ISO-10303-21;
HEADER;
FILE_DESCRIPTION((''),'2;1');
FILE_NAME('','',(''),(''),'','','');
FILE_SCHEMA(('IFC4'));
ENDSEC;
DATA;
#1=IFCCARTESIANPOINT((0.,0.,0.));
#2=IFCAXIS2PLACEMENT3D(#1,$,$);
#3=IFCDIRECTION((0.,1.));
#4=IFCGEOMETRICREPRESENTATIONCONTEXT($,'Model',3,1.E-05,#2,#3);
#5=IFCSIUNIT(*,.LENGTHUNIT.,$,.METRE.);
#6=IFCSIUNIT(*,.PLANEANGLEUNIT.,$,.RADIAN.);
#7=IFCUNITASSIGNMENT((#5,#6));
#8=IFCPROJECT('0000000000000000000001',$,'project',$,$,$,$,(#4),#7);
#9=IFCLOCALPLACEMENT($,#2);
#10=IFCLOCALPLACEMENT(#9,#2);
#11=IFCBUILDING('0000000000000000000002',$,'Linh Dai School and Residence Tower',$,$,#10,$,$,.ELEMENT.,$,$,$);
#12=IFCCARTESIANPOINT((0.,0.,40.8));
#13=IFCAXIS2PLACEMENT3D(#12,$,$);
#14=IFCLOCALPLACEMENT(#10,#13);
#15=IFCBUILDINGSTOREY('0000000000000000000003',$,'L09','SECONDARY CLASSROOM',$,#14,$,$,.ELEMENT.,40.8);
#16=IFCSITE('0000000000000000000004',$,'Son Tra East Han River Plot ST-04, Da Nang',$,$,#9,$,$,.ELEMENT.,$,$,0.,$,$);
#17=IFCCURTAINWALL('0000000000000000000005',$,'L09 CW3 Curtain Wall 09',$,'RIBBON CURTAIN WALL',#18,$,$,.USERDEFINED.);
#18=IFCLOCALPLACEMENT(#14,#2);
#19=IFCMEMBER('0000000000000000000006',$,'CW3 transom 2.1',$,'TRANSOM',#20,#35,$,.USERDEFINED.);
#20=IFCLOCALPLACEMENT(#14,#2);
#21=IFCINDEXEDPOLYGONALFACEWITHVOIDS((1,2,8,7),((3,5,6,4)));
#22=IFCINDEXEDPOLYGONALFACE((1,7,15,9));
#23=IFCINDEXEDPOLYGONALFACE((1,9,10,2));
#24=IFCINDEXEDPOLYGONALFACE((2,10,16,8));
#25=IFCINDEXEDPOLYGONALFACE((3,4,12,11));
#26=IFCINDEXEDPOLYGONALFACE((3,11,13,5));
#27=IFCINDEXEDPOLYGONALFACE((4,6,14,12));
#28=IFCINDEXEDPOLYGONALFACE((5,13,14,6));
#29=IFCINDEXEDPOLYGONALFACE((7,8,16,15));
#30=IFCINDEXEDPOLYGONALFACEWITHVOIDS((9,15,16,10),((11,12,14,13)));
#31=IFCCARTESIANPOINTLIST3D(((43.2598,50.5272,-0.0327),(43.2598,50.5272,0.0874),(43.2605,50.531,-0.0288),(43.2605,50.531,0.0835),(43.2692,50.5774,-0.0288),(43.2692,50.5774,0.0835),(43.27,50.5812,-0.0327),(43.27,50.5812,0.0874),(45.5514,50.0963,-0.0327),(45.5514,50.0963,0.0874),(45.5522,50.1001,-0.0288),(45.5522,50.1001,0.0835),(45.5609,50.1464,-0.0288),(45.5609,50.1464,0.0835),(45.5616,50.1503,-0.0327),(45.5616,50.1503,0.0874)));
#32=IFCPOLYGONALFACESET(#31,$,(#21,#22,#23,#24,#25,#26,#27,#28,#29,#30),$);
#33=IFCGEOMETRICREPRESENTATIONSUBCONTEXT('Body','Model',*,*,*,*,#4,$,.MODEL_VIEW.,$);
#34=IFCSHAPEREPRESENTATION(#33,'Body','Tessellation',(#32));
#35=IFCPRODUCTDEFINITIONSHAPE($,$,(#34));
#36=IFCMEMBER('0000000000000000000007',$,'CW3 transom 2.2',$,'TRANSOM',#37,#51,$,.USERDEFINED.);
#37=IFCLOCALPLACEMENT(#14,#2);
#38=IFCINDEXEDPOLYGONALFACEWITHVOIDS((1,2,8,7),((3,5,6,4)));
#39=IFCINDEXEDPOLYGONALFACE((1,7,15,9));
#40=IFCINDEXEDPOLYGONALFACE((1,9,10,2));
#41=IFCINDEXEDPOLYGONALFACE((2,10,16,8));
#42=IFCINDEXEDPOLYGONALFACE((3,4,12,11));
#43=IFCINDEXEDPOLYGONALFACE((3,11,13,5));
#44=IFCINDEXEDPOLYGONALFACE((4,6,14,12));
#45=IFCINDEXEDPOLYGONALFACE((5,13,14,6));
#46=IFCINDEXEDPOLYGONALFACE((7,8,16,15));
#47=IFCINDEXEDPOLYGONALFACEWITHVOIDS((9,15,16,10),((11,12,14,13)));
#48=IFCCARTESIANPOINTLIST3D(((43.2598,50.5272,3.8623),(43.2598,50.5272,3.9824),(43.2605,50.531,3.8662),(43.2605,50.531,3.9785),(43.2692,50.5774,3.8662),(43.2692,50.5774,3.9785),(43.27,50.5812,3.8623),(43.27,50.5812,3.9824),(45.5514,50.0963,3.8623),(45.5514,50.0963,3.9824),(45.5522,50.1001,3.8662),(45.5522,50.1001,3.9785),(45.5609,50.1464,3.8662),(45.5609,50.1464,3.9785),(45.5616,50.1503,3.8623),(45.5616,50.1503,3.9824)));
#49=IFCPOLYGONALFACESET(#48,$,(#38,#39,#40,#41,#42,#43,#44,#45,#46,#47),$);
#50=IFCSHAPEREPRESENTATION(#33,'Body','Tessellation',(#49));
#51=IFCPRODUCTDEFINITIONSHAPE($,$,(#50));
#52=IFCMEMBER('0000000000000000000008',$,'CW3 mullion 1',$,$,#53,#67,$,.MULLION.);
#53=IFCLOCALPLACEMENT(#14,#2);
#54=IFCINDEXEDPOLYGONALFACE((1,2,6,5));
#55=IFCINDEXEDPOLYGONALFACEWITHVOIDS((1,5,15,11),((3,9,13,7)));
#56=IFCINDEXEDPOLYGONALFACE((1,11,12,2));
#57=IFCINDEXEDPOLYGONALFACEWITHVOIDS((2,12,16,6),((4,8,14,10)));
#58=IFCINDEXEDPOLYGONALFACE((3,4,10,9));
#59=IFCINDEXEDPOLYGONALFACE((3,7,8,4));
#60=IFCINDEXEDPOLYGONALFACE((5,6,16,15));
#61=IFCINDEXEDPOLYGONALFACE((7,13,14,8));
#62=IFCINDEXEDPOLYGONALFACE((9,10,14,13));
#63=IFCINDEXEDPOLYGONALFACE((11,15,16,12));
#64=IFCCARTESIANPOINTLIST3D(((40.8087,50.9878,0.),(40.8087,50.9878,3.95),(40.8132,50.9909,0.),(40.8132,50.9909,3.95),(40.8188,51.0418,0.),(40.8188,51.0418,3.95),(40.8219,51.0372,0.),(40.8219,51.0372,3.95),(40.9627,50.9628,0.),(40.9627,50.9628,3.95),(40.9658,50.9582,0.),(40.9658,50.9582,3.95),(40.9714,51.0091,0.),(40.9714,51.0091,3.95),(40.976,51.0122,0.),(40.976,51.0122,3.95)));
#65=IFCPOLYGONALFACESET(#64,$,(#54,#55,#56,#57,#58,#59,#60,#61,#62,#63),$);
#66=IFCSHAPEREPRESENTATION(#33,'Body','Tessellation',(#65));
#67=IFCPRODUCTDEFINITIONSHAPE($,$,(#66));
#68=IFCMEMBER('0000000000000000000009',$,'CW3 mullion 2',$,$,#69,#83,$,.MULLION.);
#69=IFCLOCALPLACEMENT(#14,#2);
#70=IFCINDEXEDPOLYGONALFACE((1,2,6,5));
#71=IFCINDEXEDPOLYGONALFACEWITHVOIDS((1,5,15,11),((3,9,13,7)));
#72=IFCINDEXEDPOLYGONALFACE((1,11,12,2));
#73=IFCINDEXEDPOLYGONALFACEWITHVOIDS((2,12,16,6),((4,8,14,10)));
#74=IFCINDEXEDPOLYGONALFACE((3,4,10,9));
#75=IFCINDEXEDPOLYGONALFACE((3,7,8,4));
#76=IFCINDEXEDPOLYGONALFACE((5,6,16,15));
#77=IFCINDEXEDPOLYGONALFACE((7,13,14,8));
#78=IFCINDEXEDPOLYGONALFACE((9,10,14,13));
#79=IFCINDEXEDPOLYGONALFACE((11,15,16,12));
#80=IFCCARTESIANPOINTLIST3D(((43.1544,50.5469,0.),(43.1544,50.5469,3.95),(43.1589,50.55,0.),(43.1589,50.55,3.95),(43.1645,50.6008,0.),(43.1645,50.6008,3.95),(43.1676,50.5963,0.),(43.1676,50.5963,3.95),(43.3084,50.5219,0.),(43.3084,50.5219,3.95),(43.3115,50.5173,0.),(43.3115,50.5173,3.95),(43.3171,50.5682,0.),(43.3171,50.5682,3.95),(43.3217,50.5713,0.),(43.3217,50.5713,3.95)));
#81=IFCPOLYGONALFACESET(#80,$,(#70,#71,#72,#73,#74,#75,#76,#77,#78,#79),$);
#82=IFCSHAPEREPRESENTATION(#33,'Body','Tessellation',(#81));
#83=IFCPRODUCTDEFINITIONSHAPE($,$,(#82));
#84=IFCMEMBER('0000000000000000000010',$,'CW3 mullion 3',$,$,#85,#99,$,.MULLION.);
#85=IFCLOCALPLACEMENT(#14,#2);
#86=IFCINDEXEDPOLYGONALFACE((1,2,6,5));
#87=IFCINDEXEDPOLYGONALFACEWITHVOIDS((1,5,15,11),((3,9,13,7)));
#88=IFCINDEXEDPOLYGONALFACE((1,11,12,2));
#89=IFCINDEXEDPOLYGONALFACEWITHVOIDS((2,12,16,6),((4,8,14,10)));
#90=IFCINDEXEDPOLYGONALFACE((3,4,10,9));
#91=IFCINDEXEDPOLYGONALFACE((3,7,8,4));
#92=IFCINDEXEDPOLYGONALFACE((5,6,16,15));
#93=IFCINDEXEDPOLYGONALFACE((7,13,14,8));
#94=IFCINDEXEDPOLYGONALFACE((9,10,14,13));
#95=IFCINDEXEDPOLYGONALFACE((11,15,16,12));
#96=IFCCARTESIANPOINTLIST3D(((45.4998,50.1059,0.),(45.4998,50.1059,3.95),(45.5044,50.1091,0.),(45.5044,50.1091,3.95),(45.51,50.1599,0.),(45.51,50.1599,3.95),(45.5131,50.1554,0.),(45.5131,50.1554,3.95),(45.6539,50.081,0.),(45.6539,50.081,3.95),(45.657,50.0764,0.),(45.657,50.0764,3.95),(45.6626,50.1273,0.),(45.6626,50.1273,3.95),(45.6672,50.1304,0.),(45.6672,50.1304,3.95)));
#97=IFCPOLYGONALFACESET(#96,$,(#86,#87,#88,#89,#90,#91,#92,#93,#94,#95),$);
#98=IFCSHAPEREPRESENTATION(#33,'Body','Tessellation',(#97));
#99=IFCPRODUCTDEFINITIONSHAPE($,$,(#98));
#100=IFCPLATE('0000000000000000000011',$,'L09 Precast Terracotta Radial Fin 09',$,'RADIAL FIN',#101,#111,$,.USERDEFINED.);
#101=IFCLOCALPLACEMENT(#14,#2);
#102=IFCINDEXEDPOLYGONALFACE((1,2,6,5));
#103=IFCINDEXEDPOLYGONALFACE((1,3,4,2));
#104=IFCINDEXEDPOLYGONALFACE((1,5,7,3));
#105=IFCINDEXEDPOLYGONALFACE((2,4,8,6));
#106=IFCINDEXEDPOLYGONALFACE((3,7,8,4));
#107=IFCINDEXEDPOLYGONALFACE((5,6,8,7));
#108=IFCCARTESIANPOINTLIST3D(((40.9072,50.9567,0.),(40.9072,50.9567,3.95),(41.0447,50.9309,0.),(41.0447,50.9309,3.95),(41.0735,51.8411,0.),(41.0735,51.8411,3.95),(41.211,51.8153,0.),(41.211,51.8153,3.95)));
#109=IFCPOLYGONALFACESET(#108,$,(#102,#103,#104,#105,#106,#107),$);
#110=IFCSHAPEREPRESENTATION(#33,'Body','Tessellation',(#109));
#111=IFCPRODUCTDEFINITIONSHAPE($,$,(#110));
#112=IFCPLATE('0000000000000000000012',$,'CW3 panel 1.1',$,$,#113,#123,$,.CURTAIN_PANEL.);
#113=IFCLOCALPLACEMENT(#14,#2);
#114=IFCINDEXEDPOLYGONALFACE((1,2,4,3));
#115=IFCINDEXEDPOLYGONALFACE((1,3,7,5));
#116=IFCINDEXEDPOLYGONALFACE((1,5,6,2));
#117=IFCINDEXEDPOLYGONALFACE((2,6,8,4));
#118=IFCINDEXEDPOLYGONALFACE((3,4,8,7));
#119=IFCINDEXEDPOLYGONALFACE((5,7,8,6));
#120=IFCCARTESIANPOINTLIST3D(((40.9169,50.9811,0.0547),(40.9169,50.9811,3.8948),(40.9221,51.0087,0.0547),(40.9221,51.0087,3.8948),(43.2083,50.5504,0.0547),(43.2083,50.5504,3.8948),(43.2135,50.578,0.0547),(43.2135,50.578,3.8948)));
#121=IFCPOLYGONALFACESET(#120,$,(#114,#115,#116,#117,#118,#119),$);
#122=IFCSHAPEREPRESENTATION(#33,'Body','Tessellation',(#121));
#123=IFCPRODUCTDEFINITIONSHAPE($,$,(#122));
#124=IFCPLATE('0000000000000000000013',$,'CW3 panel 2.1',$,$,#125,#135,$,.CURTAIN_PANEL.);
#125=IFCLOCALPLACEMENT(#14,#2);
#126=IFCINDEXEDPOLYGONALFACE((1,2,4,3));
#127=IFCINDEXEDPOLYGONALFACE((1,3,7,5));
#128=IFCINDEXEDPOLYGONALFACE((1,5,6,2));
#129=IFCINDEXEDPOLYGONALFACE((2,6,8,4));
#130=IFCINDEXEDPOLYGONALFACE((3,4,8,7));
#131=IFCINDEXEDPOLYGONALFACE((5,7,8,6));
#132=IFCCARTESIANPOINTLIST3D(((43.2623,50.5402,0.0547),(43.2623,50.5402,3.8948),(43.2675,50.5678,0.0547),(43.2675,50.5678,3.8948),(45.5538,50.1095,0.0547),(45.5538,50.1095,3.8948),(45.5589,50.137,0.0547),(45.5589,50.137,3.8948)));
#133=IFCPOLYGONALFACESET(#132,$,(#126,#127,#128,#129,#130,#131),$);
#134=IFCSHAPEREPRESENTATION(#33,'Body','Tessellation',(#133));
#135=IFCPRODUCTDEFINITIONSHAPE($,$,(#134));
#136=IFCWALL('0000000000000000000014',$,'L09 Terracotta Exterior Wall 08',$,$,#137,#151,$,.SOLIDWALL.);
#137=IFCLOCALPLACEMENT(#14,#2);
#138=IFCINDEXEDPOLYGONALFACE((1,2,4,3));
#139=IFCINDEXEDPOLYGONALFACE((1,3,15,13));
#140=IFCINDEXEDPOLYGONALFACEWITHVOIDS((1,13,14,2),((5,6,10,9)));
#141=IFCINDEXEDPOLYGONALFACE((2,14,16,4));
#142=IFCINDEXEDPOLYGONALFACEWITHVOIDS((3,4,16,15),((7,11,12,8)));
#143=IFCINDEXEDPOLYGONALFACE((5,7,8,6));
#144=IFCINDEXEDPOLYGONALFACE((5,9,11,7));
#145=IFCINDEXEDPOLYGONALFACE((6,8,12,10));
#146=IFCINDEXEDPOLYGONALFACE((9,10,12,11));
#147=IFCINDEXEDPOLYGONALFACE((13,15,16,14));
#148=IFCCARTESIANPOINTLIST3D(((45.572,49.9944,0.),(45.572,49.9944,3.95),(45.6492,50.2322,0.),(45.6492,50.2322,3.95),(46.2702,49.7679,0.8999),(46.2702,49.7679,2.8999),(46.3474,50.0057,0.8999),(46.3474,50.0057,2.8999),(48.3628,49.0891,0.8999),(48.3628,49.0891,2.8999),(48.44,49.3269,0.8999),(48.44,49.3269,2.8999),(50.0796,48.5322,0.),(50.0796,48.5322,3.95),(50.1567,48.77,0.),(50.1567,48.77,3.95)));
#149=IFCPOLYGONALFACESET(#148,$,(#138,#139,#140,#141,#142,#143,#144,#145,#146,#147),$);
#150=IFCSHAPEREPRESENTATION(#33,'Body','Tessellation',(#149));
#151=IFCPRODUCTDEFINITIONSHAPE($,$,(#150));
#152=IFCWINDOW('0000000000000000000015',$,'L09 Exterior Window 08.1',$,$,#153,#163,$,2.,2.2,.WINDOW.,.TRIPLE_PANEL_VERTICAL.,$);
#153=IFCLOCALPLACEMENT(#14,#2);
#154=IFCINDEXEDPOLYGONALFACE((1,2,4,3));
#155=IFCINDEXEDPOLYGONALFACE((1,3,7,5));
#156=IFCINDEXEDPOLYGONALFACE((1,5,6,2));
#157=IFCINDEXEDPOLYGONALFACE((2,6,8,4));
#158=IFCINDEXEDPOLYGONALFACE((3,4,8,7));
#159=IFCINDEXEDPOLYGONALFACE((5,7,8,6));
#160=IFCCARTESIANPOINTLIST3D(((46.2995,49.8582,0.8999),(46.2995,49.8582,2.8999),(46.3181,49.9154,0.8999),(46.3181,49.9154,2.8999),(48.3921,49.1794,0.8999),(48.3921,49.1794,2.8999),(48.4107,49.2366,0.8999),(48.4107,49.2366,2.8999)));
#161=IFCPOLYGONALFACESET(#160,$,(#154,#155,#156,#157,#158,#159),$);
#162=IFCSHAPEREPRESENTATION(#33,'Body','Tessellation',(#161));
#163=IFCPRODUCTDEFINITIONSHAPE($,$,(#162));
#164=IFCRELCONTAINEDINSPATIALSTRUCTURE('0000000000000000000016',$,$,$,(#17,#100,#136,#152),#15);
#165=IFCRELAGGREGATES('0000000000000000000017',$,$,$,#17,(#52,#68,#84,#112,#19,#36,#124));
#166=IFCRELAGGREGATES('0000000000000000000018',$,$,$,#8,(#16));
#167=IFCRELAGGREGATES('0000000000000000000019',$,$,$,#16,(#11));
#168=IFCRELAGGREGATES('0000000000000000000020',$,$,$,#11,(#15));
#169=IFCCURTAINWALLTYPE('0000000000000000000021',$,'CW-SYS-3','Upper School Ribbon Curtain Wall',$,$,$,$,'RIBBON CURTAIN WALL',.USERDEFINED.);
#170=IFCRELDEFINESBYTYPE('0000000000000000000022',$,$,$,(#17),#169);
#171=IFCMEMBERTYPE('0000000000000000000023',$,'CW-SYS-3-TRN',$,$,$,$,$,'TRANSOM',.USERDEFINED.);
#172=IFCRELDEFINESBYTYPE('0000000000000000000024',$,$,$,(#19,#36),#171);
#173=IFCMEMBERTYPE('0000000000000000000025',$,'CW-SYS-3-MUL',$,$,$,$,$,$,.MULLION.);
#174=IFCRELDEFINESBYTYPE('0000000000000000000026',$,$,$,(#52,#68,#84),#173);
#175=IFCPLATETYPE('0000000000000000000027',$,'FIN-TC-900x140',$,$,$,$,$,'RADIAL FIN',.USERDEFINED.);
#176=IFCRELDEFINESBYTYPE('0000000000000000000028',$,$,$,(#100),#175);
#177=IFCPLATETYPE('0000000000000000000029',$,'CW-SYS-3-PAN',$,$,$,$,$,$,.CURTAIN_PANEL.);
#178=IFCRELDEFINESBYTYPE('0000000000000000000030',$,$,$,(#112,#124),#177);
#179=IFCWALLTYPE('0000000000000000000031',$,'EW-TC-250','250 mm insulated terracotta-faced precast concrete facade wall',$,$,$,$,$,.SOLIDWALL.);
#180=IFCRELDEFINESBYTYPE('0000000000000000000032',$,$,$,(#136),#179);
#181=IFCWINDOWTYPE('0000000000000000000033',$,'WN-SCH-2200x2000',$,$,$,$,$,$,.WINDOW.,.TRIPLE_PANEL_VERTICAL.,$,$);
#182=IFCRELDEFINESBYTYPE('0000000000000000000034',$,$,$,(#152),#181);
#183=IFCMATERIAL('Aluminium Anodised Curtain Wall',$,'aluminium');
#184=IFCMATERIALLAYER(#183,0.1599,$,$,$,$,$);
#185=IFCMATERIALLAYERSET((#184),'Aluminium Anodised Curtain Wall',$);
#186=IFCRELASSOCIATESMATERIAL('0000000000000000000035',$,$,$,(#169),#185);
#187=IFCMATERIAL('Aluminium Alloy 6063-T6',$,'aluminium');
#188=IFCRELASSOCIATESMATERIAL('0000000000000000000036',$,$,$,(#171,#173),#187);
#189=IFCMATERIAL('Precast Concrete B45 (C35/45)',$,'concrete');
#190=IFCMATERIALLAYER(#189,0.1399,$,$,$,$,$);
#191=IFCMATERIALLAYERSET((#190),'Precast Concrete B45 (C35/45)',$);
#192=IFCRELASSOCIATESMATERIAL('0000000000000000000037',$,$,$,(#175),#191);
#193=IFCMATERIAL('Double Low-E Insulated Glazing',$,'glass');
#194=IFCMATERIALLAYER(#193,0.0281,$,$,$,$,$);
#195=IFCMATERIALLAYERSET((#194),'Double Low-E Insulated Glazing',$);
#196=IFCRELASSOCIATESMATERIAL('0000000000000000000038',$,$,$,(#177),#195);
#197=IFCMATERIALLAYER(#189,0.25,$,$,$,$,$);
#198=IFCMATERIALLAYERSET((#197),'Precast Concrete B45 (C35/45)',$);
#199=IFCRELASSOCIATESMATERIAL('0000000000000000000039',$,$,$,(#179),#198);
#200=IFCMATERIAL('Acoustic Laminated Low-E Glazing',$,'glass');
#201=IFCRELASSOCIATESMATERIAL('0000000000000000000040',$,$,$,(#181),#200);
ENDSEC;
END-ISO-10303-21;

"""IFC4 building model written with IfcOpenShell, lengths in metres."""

from ifc_helpers import new_model, si_unit, direction, frame, frame_2d, origin, origin_2d, place, context, subcontext, project, spatial, rectangle, hollow_rectangle, extrude, source, transform, mapped, material, layer, layer_set, material_profile, profile_set, type_object, element, fill, aggregate, save


model = new_model("IFC4")

# Units and contexts
model_context = context("Model", 3, precision=1e-05, world=origin(), true_north=direction((0.0, 1.0)))
body_context = subcontext(model_context, "Body", "Model", "MODEL_VIEW")
ifc_project = project(units=[si_unit("LENGTHUNIT", "METRE"), si_unit("PLANEANGLEUNIT", "RADIAN")], contexts=[model_context])

# Site, building, storey
site_placement = place(None, origin())
site = spatial("IfcSite", under=ifc_project, at=site_placement, Name="Son Tra East Han River Plot ST-04, Da Nang", CompositionType="ELEMENT", RefElevation=0.0)
building_placement = place(site_placement, origin())
building = spatial("IfcBuilding", under=site, at=building_placement, Name="Linh Dai School and Residence Tower", CompositionType="ELEMENT")
storey_placement = place(building_placement, frame((0.0, 0.0, 40.8)))
storey = spatial("IfcBuildingStorey", under=building, at=storey_placement, Name="L09", Description="SECONDARY CLASSROOM", CompositionType="ELEMENT", Elevation=40.8)

# Curtain wall, members
ifc_material_1 = material(Name="Aluminium Anodised Curtain Wall", Category="aluminium")
ifc_layer_1 = layer(ifc_material_1, 0.1599)
ifc_layer_set_1 = layer_set([ifc_layer_1], Name="Aluminium Anodised Curtain Wall")
curtain_wall_type = type_object("IfcCurtainWallType", Name="CW-SYS-3", Description="Upper School Ribbon Curtain Wall", ElementType="RIBBON CURTAIN WALL", PredefinedType="USERDEFINED", material=ifc_layer_set_1)
curtain_wall_placement = place(storey_placement, origin())
curtain_wall = element("IfcCurtainWall", 1, at=curtain_wall_placement, inside=storey, type_object=curtain_wall_type, Name="L09 CW3 Curtain Wall 09", ObjectType="RIBBON CURTAIN WALL", PredefinedType="USERDEFINED")
ifc_material_2 = material(Name="Aluminium Alloy 6063-T6", Category="aluminium")
ifc_material_profile_1 = material_profile(ifc_material_2, hollow_rectangle(XDim=0.0549, YDim=0.1201, WallThickness=0.0039, at=origin_2d()), Name="RHS 120x55x4")
ifc_profile_set_1 = profile_set([ifc_material_profile_1], Name="Aluminium Alloy 6063-T6")
member_type_1 = type_object("IfcMemberType", Name="CW-SYS-3-TRN", ElementType="TRANSOM", PredefinedType="USERDEFINED", material=ifc_profile_set_1)
shared_shape_1 = source(origin(), body_context, "Body", "SweptSolid", [
    extrude(hollow_rectangle(XDim=0.0549, YDim=0.1201, WallThickness=0.0039, at=origin_2d()), origin(), (0.0, 0.0, 1.0), 2.3318),
])
member_1_placement = place(storey_placement, frame((43.2649, 50.5542, 0.0273), z_axis=(0.982775, -0.184807, 0.0), x_axis=(0.184807, 0.982775, 0.0)))
member_1 = element("IfcMember", 2, at=member_1_placement, type_object=member_type_1, Name="CW3 transom 2.1", ObjectType="TRANSOM", PredefinedType="USERDEFINED", context=body_context, shape_type="MappedRepresentation", body=[
    mapped(shared_shape_1, transform((0.0, 0.0, 0.0), x_axis=(1.0, 0.0, 0.0), y_axis=(0.0, 1.0, 0.0), z_axis=(0.0, 0.0, 1.0), scale=1.0)),
])
member_2_placement = place(storey_placement, frame((43.2649, 50.5542, 3.9224), z_axis=(0.982775, -0.184807, 0.0), x_axis=(0.184807, 0.982775, 0.0)))
member_2 = element("IfcMember", 3, at=member_2_placement, type_object=member_type_1, Name="CW3 transom 2.2", ObjectType="TRANSOM", PredefinedType="USERDEFINED", context=body_context, shape_type="MappedRepresentation", body=[
    mapped(shared_shape_1, transform((0.0, 0.0, 0.0), x_axis=(1.0, 0.0, 0.0), y_axis=(0.0, 1.0, 0.0), z_axis=(0.0, 0.0, 1.0), scale=1.0)),
])
ifc_material_profile_2 = material_profile(ifc_material_2, hollow_rectangle(XDim=0.0549, YDim=0.1599, WallThickness=0.0039, at=origin_2d()), Name="RHS 160x55x4")
ifc_profile_set_2 = profile_set([ifc_material_profile_2], Name="Aluminium Alloy 6063-T6")
member_type_2 = type_object("IfcMemberType", Name="CW-SYS-3-MUL", PredefinedType="MULLION", material=ifc_profile_set_2)
shared_shape_2 = source(origin(), body_context, "Body", "SweptSolid", [
    extrude(hollow_rectangle(XDim=0.0549, YDim=0.1599, WallThickness=0.0039, at=origin_2d()), origin(), (0.0, 0.0, 1.0), 3.95),
])
member_3_placement = place(storey_placement, frame((40.8923, 51.0, 0.0), z_axis=(0.0, 0.0, 1.0), x_axis=(0.184748, 0.982786, 0.0)))
member_3 = element("IfcMember", 4, at=member_3_placement, type_object=member_type_2, Name="CW3 mullion 1", PredefinedType="MULLION", context=body_context, shape_type="MappedRepresentation", body=[
    mapped(shared_shape_2, transform((0.0, 0.0, 0.0), x_axis=(1.0, 0.0, 0.0), y_axis=(0.0, 1.0, 0.0), z_axis=(0.0, 0.0, 1.0), scale=1.0)),
])
member_4_placement = place(storey_placement, frame((43.238, 50.5591, 0.0), z_axis=(0.0, 0.0, 1.0), x_axis=(0.184748, 0.982786, 0.0)))
member_4 = element("IfcMember", 5, at=member_4_placement, type_object=member_type_2, Name="CW3 mullion 2", PredefinedType="MULLION", context=body_context, shape_type="MappedRepresentation", body=[
    mapped(shared_shape_2, transform((0.0, 0.0, 0.0), x_axis=(1.0, 0.0, 0.0), y_axis=(0.0, 1.0, 0.0), z_axis=(0.0, 0.0, 1.0), scale=1.0)),
])
member_5_placement = place(storey_placement, frame((45.5835, 50.1182, 0.0), z_axis=(0.0, 0.0, 1.0), x_axis=(0.184748, 0.982786, 0.0)))
member_5 = element("IfcMember", 6, at=member_5_placement, type_object=member_type_2, Name="CW3 mullion 3", PredefinedType="MULLION", context=body_context, shape_type="MappedRepresentation", body=[
    mapped(shared_shape_2, transform((0.0, 0.0, 0.0), x_axis=(1.0, 0.0, 0.0), y_axis=(0.0, 1.0, 0.0), z_axis=(0.0, 0.0, 1.0), scale=1.0)),
])

# Plates
ifc_material_3 = material(Name="Precast Concrete B45 (C35/45)", Category="concrete")
ifc_layer_2 = layer(ifc_material_3, 0.1399)
ifc_layer_set_2 = layer_set([ifc_layer_2], Name="Precast Concrete B45 (C35/45)")
plate_type_1 = type_object("IfcPlateType", Name="FIN-TC-900x140", ElementType="RADIAL FIN", PredefinedType="USERDEFINED", material=ifc_layer_set_2)
shared_shape_3 = source(origin(), body_context, "Body", "SweptSolid", [
    extrude(rectangle(XDim=0.8999, YDim=0.1399, at=origin_2d()), origin(), (0.0, 0.0, 1.0), 3.95),
])
plate_1_placement = place(storey_placement, frame((41.0591, 51.386, 0.0), z_axis=(0.0, 0.0, 1.0), x_axis=(0.184748, 0.982786, 0.0)))
element("IfcPlate", 7, at=plate_1_placement, inside=storey, type_object=plate_type_1, Name="L09 Precast Terracotta Radial Fin 09", ObjectType="RADIAL FIN", PredefinedType="USERDEFINED", context=body_context, shape_type="MappedRepresentation", body=[
    mapped(shared_shape_3, transform((0.0, 0.0, 0.0), x_axis=(1.0, 0.0, 0.0), y_axis=(0.0, 1.0, 0.0), z_axis=(0.0, 0.0, 1.0), scale=1.0)),
])
ifc_material_4 = material(Name="Double Low-E Insulated Glazing", Category="glass")
ifc_layer_3 = layer(ifc_material_4, 0.0281)
ifc_layer_set_3 = layer_set([ifc_layer_3], Name="Double Low-E Insulated Glazing")
plate_type_2 = type_object("IfcPlateType", Name="CW-SYS-3-PAN", PredefinedType="CURTAIN_PANEL", material=ifc_layer_set_3)
shared_shape_4 = source(origin(), body_context, "Body", "SweptSolid", [
    extrude(rectangle(XDim=2.3315, YDim=0.0281, at=origin_2d()), origin(), (0.0, 0.0, 1.0), 3.8401),
])
plate_2_placement = place(storey_placement, frame((42.0652, 50.7795, 0.0547), z_axis=(0.0, 0.0, 1.0), x_axis=(0.982786, -0.184748, 0.0)))
plate_2 = element("IfcPlate", 8, at=plate_2_placement, type_object=plate_type_2, Name="CW3 panel 1.1", PredefinedType="CURTAIN_PANEL", context=body_context, shape_type="MappedRepresentation", body=[
    mapped(shared_shape_4, transform((0.0, 0.0, 0.0), x_axis=(1.0, 0.0, 0.0), y_axis=(0.0, 1.0, 0.0), z_axis=(0.0, 0.0, 1.0), scale=1.0)),
])
plate_3_placement = place(storey_placement, frame((44.4106, 50.3386, 0.0547), z_axis=(0.0, 0.0, 1.0), x_axis=(0.982786, -0.184748, 0.0)))
plate_3 = element("IfcPlate", 9, at=plate_3_placement, type_object=plate_type_2, Name="CW3 panel 2.1", PredefinedType="CURTAIN_PANEL", context=body_context, shape_type="MappedRepresentation", body=[
    mapped(shared_shape_4, transform((0.0, 0.0, 0.0), x_axis=(1.0, 0.0, 0.0), y_axis=(0.0, 1.0, 0.0), z_axis=(0.0, 0.0, 1.0), scale=1.0)),
])
aggregate(curtain_wall, [member_3, member_4, member_5, plate_2, member_1, member_2, plate_3])

# Wall, opening, window
ifc_layer_4 = layer(ifc_material_3, 0.25)
ifc_layer_set_4 = layer_set([ifc_layer_4], Name="Precast Concrete B45 (C35/45)")
wall_type_1 = type_object("IfcWallType", Name="EW-TC-250", Description="250 mm insulated terracotta-faced precast concrete facade wall", PredefinedType="SOLIDWALL", material=ifc_layer_set_4)
wall_1_placement = place(storey_placement, frame((45.6106, 50.1133, 0.0), z_axis=(0.0, 0.0, 1.0), x_axis=(0.951208, -0.308551, 0.0)))
wall_1 = element("IfcWall", 10, at=wall_1_placement, inside=storey, type_object=wall_type_1, Name="L09 Terracotta Exterior Wall 08", PredefinedType="SOLIDWALL", context=body_context, shape_type="SweptSolid", body=[
    extrude(rectangle(XDim=4.7388, YDim=0.25, at=frame_2d((2.3694, 0.0))), origin(), (0.0, 0.0, 1.0), 3.95),
])
opening_placement = place(wall_1_placement, frame((0.7339, 0.0, 0.8999)))
opening = element("IfcOpeningElement", 11, at=opening_placement, cuts=wall_1, PredefinedType="OPENING", context=body_context, shape_type="SweptSolid", body=[
    extrude(rectangle(XDim=2.2, YDim=2.0, at=origin_2d()), frame((1.1001, 0.135, 1.0), z_axis=(0.0, -1.0, 0.0), x_axis=(1.0, 0.0, 0.0)), (0.0, 0.0, 1.0), 0.27),
])
ifc_material_5 = material(Name="Acoustic Laminated Low-E Glazing", Category="glass")
window_type = type_object("IfcWindowType", Name="WN-SCH-2200x2000", PartitioningType="TRIPLE_PANEL_VERTICAL", PredefinedType="WINDOW", material=ifc_material_5)
shared_shape_5 = source(origin(), body_context, "Body", "SweptSolid", [
    extrude(rectangle(XDim=2.2, YDim=2.0, at=origin_2d()), frame((1.1001, 0.03, 1.0), z_axis=(0.0, -1.0, 0.0), x_axis=(1.0, 0.0, 0.0)), (0.0, 0.0, 1.0), 0.0601),
])
window_placement = place(opening_placement, origin())
window = element("IfcWindow", 12, at=window_placement, inside=storey, type_object=window_type, Name="L09 Exterior Window 08.1", OverallHeight=2.0, OverallWidth=2.2, PartitioningType="TRIPLE_PANEL_VERTICAL", PredefinedType="WINDOW", context=body_context, shape_type="MappedRepresentation", body=[
    mapped(shared_shape_5, transform((0.0, 0.0, 0.0), x_axis=(1.0, 0.0, 0.0), y_axis=(0.0, 1.0, 0.0), z_axis=(0.0, 0.0, 1.0), scale=1.0)),
])
fill(opening, window)

save(model, "model.ifc")
